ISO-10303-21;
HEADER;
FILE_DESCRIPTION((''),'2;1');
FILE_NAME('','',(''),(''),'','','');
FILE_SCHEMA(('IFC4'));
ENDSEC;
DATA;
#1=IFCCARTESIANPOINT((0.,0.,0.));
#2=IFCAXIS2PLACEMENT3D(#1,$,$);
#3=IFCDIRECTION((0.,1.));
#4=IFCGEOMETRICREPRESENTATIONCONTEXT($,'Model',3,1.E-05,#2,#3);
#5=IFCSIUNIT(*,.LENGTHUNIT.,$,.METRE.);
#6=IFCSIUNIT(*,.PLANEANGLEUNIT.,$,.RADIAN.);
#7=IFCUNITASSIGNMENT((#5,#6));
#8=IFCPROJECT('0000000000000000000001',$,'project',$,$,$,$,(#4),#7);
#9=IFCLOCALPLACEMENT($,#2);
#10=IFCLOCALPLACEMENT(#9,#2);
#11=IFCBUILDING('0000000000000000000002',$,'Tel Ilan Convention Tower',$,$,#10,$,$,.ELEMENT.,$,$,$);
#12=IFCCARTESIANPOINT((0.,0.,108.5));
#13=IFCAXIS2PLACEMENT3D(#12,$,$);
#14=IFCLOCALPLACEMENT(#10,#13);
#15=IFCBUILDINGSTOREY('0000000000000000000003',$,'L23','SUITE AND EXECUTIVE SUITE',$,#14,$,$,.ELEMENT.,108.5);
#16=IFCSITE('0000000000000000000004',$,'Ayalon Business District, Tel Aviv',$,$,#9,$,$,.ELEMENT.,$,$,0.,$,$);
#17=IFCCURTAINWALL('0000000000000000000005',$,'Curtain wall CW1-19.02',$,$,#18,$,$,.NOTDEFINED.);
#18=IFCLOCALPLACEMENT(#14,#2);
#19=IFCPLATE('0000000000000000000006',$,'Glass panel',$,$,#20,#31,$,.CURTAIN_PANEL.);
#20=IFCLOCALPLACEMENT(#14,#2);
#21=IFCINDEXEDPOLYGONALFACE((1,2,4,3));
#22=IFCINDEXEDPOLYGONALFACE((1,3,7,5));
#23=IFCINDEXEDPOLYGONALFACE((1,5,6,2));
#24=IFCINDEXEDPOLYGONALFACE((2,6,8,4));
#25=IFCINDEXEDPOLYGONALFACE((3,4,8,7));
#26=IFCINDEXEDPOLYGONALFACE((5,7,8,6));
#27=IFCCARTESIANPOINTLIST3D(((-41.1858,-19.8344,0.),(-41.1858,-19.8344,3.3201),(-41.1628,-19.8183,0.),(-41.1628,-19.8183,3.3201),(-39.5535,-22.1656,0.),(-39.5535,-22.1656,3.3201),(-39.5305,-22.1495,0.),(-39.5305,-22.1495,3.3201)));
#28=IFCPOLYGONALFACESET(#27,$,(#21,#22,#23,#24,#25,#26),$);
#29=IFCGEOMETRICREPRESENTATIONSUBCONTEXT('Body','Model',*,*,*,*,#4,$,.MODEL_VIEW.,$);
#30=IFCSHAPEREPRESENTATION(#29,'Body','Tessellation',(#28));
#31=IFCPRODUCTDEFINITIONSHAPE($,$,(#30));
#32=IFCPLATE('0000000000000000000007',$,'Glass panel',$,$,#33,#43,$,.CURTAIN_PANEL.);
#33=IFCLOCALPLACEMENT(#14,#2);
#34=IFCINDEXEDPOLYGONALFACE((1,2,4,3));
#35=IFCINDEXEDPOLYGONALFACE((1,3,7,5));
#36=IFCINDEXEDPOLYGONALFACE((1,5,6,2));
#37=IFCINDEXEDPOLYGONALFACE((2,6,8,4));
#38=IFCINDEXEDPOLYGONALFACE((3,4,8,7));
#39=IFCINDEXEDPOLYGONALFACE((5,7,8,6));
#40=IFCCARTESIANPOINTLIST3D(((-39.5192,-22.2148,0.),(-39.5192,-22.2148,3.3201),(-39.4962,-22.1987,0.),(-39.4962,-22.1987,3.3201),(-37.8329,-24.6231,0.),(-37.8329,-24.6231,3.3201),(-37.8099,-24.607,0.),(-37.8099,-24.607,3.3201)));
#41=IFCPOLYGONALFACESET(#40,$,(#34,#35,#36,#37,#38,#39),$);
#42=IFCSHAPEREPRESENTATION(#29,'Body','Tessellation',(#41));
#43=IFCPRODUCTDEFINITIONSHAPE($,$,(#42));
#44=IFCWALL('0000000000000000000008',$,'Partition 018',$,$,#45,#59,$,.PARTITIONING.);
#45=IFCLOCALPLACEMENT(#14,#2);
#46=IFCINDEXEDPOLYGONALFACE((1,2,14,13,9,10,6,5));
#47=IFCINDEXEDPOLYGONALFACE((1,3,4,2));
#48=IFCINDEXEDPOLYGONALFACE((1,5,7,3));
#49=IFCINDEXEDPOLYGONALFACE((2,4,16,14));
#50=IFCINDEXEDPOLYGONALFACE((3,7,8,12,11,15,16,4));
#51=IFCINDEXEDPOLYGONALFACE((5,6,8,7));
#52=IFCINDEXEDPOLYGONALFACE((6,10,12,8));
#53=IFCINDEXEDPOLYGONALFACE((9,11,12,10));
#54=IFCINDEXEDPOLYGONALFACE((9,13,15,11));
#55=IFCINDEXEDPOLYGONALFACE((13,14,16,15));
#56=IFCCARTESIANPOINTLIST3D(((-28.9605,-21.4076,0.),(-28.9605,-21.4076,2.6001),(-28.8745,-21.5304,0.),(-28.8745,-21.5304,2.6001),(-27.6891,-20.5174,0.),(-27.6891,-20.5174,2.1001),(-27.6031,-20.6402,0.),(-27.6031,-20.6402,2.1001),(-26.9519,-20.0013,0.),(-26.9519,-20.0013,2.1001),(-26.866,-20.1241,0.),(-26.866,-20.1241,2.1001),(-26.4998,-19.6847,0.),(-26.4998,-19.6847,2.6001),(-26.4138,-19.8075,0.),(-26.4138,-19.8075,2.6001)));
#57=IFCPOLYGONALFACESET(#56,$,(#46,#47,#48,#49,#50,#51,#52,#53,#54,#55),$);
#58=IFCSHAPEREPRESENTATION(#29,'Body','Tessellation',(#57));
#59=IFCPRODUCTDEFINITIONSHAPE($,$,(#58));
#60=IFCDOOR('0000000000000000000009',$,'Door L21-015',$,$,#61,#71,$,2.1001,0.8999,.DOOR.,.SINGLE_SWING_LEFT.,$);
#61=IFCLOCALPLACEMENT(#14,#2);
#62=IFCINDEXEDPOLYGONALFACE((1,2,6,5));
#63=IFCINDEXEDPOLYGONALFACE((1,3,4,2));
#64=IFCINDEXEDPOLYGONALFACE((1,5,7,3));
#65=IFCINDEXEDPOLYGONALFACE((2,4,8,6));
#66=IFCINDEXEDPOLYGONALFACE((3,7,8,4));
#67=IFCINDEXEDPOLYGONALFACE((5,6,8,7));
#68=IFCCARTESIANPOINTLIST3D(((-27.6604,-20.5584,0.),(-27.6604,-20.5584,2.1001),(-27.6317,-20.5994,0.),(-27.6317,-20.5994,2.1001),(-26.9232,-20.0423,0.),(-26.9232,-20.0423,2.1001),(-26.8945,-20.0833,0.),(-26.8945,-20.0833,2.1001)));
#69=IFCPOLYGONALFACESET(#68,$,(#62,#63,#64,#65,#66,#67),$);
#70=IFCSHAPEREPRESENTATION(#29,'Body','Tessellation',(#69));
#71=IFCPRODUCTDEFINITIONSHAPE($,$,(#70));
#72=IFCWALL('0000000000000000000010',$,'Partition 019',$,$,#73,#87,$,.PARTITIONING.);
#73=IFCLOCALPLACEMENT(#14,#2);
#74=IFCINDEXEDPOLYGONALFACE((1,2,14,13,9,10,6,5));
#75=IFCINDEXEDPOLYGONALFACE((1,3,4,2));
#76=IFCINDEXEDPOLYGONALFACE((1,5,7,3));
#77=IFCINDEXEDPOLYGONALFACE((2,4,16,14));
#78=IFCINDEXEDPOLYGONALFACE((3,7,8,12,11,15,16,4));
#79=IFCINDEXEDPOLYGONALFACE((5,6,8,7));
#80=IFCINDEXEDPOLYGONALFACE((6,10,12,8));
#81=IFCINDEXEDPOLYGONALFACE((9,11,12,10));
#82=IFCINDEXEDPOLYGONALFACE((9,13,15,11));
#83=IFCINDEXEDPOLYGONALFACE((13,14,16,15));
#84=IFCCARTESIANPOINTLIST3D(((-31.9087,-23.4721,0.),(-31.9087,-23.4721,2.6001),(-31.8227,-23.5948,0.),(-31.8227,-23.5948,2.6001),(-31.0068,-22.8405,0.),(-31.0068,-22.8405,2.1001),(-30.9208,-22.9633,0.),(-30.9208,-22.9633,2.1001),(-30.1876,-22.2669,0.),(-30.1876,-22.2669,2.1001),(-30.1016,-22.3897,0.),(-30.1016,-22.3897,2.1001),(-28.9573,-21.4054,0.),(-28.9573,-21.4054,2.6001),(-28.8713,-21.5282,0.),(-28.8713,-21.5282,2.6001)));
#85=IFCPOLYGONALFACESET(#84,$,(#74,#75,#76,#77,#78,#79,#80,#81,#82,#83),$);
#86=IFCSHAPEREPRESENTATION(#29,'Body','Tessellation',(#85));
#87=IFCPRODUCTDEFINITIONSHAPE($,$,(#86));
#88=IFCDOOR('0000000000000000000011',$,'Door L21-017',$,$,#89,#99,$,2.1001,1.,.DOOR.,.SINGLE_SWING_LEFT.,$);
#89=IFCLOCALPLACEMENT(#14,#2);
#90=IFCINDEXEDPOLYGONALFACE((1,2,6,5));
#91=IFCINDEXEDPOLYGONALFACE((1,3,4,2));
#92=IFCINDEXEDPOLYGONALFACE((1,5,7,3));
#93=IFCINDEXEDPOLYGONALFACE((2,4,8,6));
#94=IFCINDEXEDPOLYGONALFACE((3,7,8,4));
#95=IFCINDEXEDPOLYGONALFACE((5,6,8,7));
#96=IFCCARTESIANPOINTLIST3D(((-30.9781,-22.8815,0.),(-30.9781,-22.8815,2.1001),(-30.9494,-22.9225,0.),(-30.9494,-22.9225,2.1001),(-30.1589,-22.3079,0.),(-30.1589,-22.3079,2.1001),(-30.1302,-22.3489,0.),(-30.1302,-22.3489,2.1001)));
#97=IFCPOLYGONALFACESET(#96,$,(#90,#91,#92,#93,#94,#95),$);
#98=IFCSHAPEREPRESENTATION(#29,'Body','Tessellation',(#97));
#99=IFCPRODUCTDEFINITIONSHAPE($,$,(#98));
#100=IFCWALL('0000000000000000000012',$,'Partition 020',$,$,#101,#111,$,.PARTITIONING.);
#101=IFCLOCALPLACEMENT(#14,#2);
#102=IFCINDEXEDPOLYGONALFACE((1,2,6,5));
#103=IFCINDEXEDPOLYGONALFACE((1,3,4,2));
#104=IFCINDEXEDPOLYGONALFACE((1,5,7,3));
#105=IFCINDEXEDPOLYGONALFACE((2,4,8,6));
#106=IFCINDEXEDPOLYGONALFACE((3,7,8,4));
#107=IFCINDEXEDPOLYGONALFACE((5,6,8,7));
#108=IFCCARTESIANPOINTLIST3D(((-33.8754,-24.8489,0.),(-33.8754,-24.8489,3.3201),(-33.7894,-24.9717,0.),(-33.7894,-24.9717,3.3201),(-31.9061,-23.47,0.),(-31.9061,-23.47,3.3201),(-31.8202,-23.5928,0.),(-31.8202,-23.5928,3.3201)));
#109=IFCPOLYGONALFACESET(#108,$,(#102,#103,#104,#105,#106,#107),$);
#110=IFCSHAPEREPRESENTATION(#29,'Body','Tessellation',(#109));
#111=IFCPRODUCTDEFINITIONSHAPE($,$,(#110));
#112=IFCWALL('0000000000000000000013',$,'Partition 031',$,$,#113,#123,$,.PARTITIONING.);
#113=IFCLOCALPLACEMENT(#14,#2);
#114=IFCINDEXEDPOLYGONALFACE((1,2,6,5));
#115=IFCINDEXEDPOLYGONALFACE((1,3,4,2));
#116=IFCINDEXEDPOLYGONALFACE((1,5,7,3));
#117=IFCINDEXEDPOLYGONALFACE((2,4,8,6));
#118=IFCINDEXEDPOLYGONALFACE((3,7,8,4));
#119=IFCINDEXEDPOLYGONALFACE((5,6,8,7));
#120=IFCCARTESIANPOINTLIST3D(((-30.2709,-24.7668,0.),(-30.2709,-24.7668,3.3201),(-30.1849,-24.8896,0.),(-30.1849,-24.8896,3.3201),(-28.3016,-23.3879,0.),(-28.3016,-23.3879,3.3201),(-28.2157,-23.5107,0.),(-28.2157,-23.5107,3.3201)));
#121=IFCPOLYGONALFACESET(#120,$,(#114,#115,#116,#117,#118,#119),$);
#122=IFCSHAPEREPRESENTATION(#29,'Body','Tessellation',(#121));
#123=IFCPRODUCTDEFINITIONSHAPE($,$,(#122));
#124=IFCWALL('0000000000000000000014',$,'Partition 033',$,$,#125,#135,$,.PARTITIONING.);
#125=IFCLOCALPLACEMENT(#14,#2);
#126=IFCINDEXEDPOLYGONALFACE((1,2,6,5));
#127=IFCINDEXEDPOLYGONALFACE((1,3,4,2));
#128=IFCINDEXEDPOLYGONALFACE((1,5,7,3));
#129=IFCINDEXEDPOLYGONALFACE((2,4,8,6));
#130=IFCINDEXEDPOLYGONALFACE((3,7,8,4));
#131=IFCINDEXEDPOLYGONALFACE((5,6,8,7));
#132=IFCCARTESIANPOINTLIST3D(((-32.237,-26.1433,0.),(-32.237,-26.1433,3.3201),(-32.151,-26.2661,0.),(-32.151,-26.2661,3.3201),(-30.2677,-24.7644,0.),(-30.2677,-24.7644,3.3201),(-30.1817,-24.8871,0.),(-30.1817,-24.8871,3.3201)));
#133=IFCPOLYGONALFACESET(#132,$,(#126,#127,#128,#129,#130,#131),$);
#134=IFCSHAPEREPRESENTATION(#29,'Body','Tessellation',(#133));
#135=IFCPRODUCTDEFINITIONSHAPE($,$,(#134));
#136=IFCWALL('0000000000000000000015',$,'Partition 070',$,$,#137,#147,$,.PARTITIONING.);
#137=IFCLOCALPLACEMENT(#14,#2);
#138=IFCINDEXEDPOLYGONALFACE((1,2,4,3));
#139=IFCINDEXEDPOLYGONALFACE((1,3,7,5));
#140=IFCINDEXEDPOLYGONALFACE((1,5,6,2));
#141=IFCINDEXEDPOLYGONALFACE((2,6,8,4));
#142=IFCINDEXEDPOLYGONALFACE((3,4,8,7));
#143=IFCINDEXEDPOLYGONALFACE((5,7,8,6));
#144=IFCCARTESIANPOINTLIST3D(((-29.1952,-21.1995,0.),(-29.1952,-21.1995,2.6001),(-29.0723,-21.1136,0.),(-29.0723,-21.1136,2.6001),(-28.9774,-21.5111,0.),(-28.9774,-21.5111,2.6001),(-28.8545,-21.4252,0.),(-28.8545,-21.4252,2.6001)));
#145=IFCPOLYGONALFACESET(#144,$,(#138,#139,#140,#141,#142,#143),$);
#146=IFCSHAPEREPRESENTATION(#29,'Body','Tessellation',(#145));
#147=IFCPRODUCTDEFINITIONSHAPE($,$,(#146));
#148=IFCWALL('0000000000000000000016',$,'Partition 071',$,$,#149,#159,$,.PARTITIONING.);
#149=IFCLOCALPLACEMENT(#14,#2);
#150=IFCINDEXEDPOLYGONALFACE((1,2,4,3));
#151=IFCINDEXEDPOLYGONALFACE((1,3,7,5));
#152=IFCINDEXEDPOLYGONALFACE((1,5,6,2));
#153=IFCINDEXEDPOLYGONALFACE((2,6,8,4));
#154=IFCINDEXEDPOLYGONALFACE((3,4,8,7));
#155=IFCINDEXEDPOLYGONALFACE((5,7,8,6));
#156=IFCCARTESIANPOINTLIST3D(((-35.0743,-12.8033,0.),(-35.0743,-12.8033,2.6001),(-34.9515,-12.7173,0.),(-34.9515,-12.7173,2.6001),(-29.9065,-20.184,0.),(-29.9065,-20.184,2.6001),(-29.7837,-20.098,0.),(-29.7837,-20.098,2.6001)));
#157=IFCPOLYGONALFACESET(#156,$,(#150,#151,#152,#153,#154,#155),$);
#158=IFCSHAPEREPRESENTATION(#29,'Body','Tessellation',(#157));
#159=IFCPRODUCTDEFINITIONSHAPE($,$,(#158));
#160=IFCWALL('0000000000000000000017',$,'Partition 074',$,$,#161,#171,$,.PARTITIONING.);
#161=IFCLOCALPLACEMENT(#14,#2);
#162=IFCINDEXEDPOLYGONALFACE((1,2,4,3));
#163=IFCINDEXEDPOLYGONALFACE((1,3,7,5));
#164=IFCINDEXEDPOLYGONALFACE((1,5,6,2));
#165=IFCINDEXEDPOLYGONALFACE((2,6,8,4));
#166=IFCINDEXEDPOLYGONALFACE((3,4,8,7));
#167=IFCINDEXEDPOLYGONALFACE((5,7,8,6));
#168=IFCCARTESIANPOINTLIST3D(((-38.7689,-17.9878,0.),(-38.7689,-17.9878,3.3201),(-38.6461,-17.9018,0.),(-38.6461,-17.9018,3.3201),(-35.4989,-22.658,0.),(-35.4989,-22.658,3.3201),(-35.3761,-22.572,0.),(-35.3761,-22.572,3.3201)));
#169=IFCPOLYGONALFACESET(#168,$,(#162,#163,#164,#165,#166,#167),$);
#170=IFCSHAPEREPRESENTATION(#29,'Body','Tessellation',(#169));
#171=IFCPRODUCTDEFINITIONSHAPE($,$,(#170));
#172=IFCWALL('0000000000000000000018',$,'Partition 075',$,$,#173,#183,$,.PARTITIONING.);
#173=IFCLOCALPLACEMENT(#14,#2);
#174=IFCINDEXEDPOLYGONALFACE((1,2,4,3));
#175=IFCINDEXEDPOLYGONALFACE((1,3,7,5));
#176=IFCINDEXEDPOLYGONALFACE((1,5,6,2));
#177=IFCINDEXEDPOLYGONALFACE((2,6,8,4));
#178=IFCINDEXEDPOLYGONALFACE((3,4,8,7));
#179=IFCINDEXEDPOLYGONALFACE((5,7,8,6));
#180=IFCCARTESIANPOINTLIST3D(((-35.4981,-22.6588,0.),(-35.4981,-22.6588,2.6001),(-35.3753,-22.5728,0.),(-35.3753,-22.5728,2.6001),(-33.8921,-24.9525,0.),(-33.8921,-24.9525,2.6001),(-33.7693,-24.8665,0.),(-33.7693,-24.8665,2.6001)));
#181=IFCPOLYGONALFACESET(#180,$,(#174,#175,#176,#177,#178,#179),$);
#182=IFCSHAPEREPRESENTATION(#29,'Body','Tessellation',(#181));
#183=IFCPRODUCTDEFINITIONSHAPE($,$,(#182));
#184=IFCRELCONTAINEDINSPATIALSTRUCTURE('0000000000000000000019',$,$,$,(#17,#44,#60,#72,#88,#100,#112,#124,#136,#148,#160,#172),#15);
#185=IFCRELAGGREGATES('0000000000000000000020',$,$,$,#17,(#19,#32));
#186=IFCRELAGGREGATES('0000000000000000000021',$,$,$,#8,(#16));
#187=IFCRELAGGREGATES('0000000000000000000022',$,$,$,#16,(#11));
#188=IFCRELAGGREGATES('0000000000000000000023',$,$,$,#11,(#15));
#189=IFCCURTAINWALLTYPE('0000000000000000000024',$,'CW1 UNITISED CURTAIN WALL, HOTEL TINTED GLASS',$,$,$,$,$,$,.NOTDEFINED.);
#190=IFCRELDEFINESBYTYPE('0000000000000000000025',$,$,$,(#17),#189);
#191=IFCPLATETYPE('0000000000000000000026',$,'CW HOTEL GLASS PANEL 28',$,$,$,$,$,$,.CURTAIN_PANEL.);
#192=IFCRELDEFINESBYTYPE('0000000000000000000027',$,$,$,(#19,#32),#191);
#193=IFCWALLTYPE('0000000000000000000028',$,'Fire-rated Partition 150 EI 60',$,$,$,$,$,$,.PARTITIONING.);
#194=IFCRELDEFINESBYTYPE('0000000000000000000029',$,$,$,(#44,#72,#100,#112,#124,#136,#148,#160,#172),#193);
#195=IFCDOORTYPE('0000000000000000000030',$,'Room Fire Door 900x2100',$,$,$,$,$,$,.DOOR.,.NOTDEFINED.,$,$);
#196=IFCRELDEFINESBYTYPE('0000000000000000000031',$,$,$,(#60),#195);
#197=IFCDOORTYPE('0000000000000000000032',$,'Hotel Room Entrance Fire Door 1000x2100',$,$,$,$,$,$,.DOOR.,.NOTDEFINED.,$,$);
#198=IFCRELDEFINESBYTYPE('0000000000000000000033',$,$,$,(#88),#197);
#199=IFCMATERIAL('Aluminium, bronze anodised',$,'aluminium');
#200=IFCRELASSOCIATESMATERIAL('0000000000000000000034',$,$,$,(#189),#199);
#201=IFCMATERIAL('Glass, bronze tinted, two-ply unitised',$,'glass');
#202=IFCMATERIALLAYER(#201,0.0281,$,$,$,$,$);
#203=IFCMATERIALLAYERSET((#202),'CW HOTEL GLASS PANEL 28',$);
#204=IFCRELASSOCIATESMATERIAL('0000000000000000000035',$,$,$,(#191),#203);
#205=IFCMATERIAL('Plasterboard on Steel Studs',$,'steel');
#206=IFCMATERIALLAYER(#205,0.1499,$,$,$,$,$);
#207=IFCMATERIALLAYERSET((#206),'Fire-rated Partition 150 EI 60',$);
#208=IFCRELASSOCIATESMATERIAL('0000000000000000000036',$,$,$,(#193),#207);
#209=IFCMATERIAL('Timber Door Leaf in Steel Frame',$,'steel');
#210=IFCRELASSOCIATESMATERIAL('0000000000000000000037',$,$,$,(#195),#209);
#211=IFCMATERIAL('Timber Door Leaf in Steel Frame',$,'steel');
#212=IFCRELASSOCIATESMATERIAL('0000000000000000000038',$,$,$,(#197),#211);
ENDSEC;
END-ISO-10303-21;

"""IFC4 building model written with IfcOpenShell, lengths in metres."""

from ifc_helpers import new_model, si_unit, direction, frame, frame_2d, origin, origin_2d, place, context, subcontext, project, spatial, rectangle, extrude, material, layer, layer_set, type_object, element, fill, aggregate, save


model = new_model("IFC4")

# Units and contexts
model_context = context("Model", 3, precision=1e-05, world=origin(), true_north=direction((0.0, 1.0)))
body_context = subcontext(model_context, "Body", "Model", "MODEL_VIEW")
ifc_project = project(units=[si_unit("LENGTHUNIT", "METRE"), si_unit("PLANEANGLEUNIT", "RADIAN")], contexts=[model_context])

# Site, building, storey
site_placement = place(None, origin())
site = spatial("IfcSite", under=ifc_project, at=site_placement, Name="Ayalon Business District, Tel Aviv", CompositionType="ELEMENT", RefElevation=0.0)
building_placement = place(site_placement, origin())
building = spatial("IfcBuilding", under=site, at=building_placement, Name="Tel Ilan Convention Tower", CompositionType="ELEMENT")
storey_placement = place(building_placement, frame((0.0, 0.0, 108.5)))
storey = spatial("IfcBuildingStorey", under=building, at=storey_placement, Name="L23", Description="SUITE AND EXECUTIVE SUITE", CompositionType="ELEMENT", Elevation=108.5)

# Curtain wall, plates
ifc_material_1 = material(Name="Aluminium, bronze anodised", Category="aluminium")
curtain_wall_type = type_object("IfcCurtainWallType", Name="CW1 UNITISED CURTAIN WALL, HOTEL TINTED GLASS", PredefinedType="NOTDEFINED", material=ifc_material_1)
curtain_wall_placement = place(storey_placement, origin())
curtain_wall = element("IfcCurtainWall", 1, at=curtain_wall_placement, inside=storey, type_object=curtain_wall_type, Name="Curtain wall CW1-19.02", PredefinedType="NOTDEFINED")
ifc_material_2 = material(Name="Glass, bronze tinted, two-ply unitised", Category="glass")
ifc_layer_1 = layer(ifc_material_2, 0.0281)
ifc_layer_set_1 = layer_set([ifc_layer_1], Name="CW HOTEL GLASS PANEL 28")
plate_type = type_object("IfcPlateType", Name="CW HOTEL GLASS PANEL 28", PredefinedType="CURTAIN_PANEL", material=ifc_layer_set_1)
plate_1_placement = place(storey_placement, frame((-40.3582, -20.9919, 0.0), z_axis=(0.0, 0.0, 1.0), x_axis=(0.573576, -0.819152, 0.0)))
plate_1 = element("IfcPlate", 2, at=plate_1_placement, type_object=plate_type, Name="Glass panel", PredefinedType="CURTAIN_PANEL", context=body_context, shape_type="SweptSolid", body=[
    extrude(rectangle(XDim=2.8459, YDim=0.0281, at=origin_2d()), origin(), (0.0, 0.0, 1.0), 3.3201),
])
plate_2_placement = place(storey_placement, frame((-38.6646, -23.4109, 0.0), z_axis=(0.0, 0.0, 1.0), x_axis=(0.573576, -0.819152, 0.0)))
plate_2 = element("IfcPlate", 3, at=plate_2_placement, type_object=plate_type, Name="Glass panel", PredefinedType="CURTAIN_PANEL", context=body_context, shape_type="SweptSolid", body=[
    extrude(rectangle(XDim=2.9399, YDim=0.0281, at=origin_2d()), origin(), (0.0, 0.0, 1.0), 3.3201),
])
aggregate(curtain_wall, [plate_1, plate_2])

# Walls, openings, doors
ifc_material_3 = material(Name="Plasterboard on Steel Studs", Category="steel")
ifc_layer_2 = layer(ifc_material_3, 0.1499)
ifc_layer_set_2 = layer_set([ifc_layer_2], Name="Fire-rated Partition 150 EI 60")
wall_type_1 = type_object("IfcWallType", Name="Fire-rated Partition 150 EI 60", PredefinedType="PARTITIONING", material=ifc_layer_set_2)
wall_1_placement = place(storey_placement, frame((-28.9175, -21.469, 0.0), z_axis=(0.0, 0.0, 1.0), x_axis=(0.819167, 0.573555, 0.0)))
wall_1 = element("IfcWall", 4, at=wall_1_placement, inside=storey, type_object=wall_type_1, Name="Partition 018", PredefinedType="PARTITIONING", context=body_context, shape_type="SweptSolid", body=[
    extrude(rectangle(XDim=3.0039, YDim=0.1499, at=frame_2d((1.502, 0.0))), origin(), (0.0, 0.0, 1.0), 2.6001),
])
opening_1_placement = place(wall_1_placement, frame((1.552, 0.0, 0.0)))
opening_1 = element("IfcOpeningElement", 5, at=opening_1_placement, cuts=wall_1, PredefinedType="OPENING", context=body_context, shape_type="SweptSolid", body=[
    extrude(rectangle(XDim=0.8999, YDim=2.1001, at=frame_2d((0.45, 1.05))), frame((0.0, 0.085, 0.0), z_axis=(0.0, -1.0, 0.0), x_axis=(1.0, 0.0, 0.0)), (0.0, 0.0, 1.0), 0.1699),
])
ifc_material_4 = material(Name="Timber Door Leaf in Steel Frame", Category="steel")
door_type_1 = type_object("IfcDoorType", Name="Room Fire Door 900x2100", OperationType="NOTDEFINED", PredefinedType="DOOR", material=ifc_material_4)
door_1_placement = place(opening_1_placement, origin())
door_1 = element("IfcDoor", 6, at=door_1_placement, inside=storey, type_object=door_type_1, Name="Door L21-015", OperationType="SINGLE_SWING_LEFT", OverallHeight=2.1001, OverallWidth=0.8999, PredefinedType="DOOR", context=body_context, shape_type="SweptSolid", body=[
    extrude(rectangle(XDim=0.8999, YDim=2.1001, at=frame_2d((0.45, 1.05))), frame((0.0, 0.0249, 0.0), z_axis=(0.0, -1.0, 0.0), x_axis=(1.0, 0.0, 0.0)), (0.0, 0.0, 1.0), 0.05),
])
fill(opening_1, door_1)
wall_2_placement = place(storey_placement, frame((-31.8657, -23.5334, 0.0), z_axis=(0.0, 0.0, 1.0), x_axis=(0.819146, 0.573585, 0.0)))
wall_2 = element("IfcWall", 7, at=wall_2_placement, inside=storey, type_object=wall_type_1, Name="Partition 019", PredefinedType="PARTITIONING", context=body_context, shape_type="SweptSolid", body=[
    extrude(rectangle(XDim=3.603, YDim=0.1499, at=frame_2d((1.8015, 0.0))), origin(), (0.0, 0.0, 1.0), 2.6001),
])
opening_2_placement = place(wall_2_placement, frame((1.1011, 0.0, 0.0)))
opening_2 = element("IfcOpeningElement", 8, at=opening_2_placement, cuts=wall_2, PredefinedType="OPENING", context=body_context, shape_type="SweptSolid", body=[
    extrude(rectangle(XDim=1.0, YDim=2.1001, at=frame_2d((0.5, 1.05))), frame((0.0, 0.085, 0.0), z_axis=(0.0, -1.0, 0.0), x_axis=(1.0, 0.0, 0.0)), (0.0, 0.0, 1.0), 0.1699),
])
ifc_material_5 = material(Name="Timber Door Leaf in Steel Frame", Category="steel")
door_type_2 = type_object("IfcDoorType", Name="Hotel Room Entrance Fire Door 1000x2100", OperationType="NOTDEFINED", PredefinedType="DOOR", material=ifc_material_5)
door_2_placement = place(opening_2_placement, origin())
door_2 = element("IfcDoor", 9, at=door_2_placement, inside=storey, type_object=door_type_2, Name="Door L21-017", OperationType="SINGLE_SWING_LEFT", OverallHeight=2.1001, OverallWidth=1.0, PredefinedType="DOOR", context=body_context, shape_type="SweptSolid", body=[
    extrude(rectangle(XDim=1.0, YDim=2.1001, at=frame_2d((0.5, 1.05))), frame((0.0, 0.0249, 0.0), z_axis=(0.0, -1.0, 0.0), x_axis=(1.0, 0.0, 0.0)), (0.0, 0.0, 1.0), 0.05),
])
fill(opening_2, door_2)

# Walls
for number, where, z_axis, x_axis, name in (
    (10, (-33.8325, -24.9104, 0.0), (0.0, 0.0, 1.0), (0.819146, 0.573585, 0.0), "Partition 020"),
    (11, (-28.2585, -23.4492, 0.0), (0.0, 0.0, 1.0), (-0.819146, -0.573585, 0.0), "Partition 031"),
    (12, (-30.2246, -24.8257, 0.0), (0.0, 0.0, 1.0), (-0.819146, -0.573585, 0.0), "Partition 033"),
):
    element("IfcWall", number, at=place(storey_placement, frame(where, z_axis=z_axis, x_axis=x_axis)), inside=storey, type_object=wall_type_1, Name=name, PredefinedType="PARTITIONING", context=body_context, shape_type="SweptSolid", body=[
        extrude(rectangle(XDim=2.4041, YDim=0.1499, at=frame_2d((1.2021, 0.0))), origin(), (0.0, 0.0, 1.0), 3.3201),
    ])
wall_3_placement = place(storey_placement, frame((-28.916, -21.468, 0.0), z_axis=(0.0, 0.0, 1.0), x_axis=(-0.572945, 0.819594, 0.0)))
element("IfcWall", 13, at=wall_3_placement, inside=storey, type_object=wall_type_1, Name="Partition 070", PredefinedType="PARTITIONING", context=body_context, shape_type="SweptSolid", body=[
    extrude(rectangle(XDim=0.3801, YDim=0.1499, at=frame_2d((0.1899, 0.0))), origin(), (0.0, 0.0, 1.0), 2.6001),
])
wall_4_placement = place(storey_placement, frame((-29.8452, -20.1409, 0.0), z_axis=(0.0, 0.0, 1.0), x_axis=(-0.573559, 0.819164, 0.0)))
element("IfcWall", 14, at=wall_4_placement, inside=storey, type_object=wall_type_1, Name="Partition 071", PredefinedType="PARTITIONING", context=body_context, shape_type="SweptSolid", body=[
    extrude(rectangle(XDim=9.01, YDim=0.1499, at=frame_2d((4.5049, 0.0))), origin(), (0.0, 0.0, 1.0), 2.6001),
])
wall_5_placement = place(storey_placement, frame((-35.4375, -22.615, 0.0), z_axis=(0.0, 0.0, 1.0), x_axis=(-0.573569, 0.819157, 0.0)))
element("IfcWall", 15, at=wall_5_placement, inside=storey, type_object=wall_type_1, Name="Partition 074", PredefinedType="PARTITIONING", context=body_context, shape_type="SweptSolid", body=[
    extrude(rectangle(XDim=5.7012, YDim=0.1499, at=frame_2d((2.8506, 0.0))), origin(), (0.0, 0.0, 1.0), 3.3201),
])
wall_6_placement = place(storey_placement, frame((-33.8308, -24.9094, 0.0), z_axis=(0.0, 0.0, 1.0), x_axis=(-0.57355, 0.81917, 0.0)))
element("IfcWall", 16, at=wall_6_placement, inside=storey, type_object=wall_type_1, Name="Partition 075", PredefinedType="PARTITIONING", context=body_context, shape_type="SweptSolid", body=[
    extrude(rectangle(XDim=2.8, YDim=0.1499, at=frame_2d((1.3999, 0.0))), origin(), (0.0, 0.0, 1.0), 2.6001),
])

save(model, "model.ifc")
